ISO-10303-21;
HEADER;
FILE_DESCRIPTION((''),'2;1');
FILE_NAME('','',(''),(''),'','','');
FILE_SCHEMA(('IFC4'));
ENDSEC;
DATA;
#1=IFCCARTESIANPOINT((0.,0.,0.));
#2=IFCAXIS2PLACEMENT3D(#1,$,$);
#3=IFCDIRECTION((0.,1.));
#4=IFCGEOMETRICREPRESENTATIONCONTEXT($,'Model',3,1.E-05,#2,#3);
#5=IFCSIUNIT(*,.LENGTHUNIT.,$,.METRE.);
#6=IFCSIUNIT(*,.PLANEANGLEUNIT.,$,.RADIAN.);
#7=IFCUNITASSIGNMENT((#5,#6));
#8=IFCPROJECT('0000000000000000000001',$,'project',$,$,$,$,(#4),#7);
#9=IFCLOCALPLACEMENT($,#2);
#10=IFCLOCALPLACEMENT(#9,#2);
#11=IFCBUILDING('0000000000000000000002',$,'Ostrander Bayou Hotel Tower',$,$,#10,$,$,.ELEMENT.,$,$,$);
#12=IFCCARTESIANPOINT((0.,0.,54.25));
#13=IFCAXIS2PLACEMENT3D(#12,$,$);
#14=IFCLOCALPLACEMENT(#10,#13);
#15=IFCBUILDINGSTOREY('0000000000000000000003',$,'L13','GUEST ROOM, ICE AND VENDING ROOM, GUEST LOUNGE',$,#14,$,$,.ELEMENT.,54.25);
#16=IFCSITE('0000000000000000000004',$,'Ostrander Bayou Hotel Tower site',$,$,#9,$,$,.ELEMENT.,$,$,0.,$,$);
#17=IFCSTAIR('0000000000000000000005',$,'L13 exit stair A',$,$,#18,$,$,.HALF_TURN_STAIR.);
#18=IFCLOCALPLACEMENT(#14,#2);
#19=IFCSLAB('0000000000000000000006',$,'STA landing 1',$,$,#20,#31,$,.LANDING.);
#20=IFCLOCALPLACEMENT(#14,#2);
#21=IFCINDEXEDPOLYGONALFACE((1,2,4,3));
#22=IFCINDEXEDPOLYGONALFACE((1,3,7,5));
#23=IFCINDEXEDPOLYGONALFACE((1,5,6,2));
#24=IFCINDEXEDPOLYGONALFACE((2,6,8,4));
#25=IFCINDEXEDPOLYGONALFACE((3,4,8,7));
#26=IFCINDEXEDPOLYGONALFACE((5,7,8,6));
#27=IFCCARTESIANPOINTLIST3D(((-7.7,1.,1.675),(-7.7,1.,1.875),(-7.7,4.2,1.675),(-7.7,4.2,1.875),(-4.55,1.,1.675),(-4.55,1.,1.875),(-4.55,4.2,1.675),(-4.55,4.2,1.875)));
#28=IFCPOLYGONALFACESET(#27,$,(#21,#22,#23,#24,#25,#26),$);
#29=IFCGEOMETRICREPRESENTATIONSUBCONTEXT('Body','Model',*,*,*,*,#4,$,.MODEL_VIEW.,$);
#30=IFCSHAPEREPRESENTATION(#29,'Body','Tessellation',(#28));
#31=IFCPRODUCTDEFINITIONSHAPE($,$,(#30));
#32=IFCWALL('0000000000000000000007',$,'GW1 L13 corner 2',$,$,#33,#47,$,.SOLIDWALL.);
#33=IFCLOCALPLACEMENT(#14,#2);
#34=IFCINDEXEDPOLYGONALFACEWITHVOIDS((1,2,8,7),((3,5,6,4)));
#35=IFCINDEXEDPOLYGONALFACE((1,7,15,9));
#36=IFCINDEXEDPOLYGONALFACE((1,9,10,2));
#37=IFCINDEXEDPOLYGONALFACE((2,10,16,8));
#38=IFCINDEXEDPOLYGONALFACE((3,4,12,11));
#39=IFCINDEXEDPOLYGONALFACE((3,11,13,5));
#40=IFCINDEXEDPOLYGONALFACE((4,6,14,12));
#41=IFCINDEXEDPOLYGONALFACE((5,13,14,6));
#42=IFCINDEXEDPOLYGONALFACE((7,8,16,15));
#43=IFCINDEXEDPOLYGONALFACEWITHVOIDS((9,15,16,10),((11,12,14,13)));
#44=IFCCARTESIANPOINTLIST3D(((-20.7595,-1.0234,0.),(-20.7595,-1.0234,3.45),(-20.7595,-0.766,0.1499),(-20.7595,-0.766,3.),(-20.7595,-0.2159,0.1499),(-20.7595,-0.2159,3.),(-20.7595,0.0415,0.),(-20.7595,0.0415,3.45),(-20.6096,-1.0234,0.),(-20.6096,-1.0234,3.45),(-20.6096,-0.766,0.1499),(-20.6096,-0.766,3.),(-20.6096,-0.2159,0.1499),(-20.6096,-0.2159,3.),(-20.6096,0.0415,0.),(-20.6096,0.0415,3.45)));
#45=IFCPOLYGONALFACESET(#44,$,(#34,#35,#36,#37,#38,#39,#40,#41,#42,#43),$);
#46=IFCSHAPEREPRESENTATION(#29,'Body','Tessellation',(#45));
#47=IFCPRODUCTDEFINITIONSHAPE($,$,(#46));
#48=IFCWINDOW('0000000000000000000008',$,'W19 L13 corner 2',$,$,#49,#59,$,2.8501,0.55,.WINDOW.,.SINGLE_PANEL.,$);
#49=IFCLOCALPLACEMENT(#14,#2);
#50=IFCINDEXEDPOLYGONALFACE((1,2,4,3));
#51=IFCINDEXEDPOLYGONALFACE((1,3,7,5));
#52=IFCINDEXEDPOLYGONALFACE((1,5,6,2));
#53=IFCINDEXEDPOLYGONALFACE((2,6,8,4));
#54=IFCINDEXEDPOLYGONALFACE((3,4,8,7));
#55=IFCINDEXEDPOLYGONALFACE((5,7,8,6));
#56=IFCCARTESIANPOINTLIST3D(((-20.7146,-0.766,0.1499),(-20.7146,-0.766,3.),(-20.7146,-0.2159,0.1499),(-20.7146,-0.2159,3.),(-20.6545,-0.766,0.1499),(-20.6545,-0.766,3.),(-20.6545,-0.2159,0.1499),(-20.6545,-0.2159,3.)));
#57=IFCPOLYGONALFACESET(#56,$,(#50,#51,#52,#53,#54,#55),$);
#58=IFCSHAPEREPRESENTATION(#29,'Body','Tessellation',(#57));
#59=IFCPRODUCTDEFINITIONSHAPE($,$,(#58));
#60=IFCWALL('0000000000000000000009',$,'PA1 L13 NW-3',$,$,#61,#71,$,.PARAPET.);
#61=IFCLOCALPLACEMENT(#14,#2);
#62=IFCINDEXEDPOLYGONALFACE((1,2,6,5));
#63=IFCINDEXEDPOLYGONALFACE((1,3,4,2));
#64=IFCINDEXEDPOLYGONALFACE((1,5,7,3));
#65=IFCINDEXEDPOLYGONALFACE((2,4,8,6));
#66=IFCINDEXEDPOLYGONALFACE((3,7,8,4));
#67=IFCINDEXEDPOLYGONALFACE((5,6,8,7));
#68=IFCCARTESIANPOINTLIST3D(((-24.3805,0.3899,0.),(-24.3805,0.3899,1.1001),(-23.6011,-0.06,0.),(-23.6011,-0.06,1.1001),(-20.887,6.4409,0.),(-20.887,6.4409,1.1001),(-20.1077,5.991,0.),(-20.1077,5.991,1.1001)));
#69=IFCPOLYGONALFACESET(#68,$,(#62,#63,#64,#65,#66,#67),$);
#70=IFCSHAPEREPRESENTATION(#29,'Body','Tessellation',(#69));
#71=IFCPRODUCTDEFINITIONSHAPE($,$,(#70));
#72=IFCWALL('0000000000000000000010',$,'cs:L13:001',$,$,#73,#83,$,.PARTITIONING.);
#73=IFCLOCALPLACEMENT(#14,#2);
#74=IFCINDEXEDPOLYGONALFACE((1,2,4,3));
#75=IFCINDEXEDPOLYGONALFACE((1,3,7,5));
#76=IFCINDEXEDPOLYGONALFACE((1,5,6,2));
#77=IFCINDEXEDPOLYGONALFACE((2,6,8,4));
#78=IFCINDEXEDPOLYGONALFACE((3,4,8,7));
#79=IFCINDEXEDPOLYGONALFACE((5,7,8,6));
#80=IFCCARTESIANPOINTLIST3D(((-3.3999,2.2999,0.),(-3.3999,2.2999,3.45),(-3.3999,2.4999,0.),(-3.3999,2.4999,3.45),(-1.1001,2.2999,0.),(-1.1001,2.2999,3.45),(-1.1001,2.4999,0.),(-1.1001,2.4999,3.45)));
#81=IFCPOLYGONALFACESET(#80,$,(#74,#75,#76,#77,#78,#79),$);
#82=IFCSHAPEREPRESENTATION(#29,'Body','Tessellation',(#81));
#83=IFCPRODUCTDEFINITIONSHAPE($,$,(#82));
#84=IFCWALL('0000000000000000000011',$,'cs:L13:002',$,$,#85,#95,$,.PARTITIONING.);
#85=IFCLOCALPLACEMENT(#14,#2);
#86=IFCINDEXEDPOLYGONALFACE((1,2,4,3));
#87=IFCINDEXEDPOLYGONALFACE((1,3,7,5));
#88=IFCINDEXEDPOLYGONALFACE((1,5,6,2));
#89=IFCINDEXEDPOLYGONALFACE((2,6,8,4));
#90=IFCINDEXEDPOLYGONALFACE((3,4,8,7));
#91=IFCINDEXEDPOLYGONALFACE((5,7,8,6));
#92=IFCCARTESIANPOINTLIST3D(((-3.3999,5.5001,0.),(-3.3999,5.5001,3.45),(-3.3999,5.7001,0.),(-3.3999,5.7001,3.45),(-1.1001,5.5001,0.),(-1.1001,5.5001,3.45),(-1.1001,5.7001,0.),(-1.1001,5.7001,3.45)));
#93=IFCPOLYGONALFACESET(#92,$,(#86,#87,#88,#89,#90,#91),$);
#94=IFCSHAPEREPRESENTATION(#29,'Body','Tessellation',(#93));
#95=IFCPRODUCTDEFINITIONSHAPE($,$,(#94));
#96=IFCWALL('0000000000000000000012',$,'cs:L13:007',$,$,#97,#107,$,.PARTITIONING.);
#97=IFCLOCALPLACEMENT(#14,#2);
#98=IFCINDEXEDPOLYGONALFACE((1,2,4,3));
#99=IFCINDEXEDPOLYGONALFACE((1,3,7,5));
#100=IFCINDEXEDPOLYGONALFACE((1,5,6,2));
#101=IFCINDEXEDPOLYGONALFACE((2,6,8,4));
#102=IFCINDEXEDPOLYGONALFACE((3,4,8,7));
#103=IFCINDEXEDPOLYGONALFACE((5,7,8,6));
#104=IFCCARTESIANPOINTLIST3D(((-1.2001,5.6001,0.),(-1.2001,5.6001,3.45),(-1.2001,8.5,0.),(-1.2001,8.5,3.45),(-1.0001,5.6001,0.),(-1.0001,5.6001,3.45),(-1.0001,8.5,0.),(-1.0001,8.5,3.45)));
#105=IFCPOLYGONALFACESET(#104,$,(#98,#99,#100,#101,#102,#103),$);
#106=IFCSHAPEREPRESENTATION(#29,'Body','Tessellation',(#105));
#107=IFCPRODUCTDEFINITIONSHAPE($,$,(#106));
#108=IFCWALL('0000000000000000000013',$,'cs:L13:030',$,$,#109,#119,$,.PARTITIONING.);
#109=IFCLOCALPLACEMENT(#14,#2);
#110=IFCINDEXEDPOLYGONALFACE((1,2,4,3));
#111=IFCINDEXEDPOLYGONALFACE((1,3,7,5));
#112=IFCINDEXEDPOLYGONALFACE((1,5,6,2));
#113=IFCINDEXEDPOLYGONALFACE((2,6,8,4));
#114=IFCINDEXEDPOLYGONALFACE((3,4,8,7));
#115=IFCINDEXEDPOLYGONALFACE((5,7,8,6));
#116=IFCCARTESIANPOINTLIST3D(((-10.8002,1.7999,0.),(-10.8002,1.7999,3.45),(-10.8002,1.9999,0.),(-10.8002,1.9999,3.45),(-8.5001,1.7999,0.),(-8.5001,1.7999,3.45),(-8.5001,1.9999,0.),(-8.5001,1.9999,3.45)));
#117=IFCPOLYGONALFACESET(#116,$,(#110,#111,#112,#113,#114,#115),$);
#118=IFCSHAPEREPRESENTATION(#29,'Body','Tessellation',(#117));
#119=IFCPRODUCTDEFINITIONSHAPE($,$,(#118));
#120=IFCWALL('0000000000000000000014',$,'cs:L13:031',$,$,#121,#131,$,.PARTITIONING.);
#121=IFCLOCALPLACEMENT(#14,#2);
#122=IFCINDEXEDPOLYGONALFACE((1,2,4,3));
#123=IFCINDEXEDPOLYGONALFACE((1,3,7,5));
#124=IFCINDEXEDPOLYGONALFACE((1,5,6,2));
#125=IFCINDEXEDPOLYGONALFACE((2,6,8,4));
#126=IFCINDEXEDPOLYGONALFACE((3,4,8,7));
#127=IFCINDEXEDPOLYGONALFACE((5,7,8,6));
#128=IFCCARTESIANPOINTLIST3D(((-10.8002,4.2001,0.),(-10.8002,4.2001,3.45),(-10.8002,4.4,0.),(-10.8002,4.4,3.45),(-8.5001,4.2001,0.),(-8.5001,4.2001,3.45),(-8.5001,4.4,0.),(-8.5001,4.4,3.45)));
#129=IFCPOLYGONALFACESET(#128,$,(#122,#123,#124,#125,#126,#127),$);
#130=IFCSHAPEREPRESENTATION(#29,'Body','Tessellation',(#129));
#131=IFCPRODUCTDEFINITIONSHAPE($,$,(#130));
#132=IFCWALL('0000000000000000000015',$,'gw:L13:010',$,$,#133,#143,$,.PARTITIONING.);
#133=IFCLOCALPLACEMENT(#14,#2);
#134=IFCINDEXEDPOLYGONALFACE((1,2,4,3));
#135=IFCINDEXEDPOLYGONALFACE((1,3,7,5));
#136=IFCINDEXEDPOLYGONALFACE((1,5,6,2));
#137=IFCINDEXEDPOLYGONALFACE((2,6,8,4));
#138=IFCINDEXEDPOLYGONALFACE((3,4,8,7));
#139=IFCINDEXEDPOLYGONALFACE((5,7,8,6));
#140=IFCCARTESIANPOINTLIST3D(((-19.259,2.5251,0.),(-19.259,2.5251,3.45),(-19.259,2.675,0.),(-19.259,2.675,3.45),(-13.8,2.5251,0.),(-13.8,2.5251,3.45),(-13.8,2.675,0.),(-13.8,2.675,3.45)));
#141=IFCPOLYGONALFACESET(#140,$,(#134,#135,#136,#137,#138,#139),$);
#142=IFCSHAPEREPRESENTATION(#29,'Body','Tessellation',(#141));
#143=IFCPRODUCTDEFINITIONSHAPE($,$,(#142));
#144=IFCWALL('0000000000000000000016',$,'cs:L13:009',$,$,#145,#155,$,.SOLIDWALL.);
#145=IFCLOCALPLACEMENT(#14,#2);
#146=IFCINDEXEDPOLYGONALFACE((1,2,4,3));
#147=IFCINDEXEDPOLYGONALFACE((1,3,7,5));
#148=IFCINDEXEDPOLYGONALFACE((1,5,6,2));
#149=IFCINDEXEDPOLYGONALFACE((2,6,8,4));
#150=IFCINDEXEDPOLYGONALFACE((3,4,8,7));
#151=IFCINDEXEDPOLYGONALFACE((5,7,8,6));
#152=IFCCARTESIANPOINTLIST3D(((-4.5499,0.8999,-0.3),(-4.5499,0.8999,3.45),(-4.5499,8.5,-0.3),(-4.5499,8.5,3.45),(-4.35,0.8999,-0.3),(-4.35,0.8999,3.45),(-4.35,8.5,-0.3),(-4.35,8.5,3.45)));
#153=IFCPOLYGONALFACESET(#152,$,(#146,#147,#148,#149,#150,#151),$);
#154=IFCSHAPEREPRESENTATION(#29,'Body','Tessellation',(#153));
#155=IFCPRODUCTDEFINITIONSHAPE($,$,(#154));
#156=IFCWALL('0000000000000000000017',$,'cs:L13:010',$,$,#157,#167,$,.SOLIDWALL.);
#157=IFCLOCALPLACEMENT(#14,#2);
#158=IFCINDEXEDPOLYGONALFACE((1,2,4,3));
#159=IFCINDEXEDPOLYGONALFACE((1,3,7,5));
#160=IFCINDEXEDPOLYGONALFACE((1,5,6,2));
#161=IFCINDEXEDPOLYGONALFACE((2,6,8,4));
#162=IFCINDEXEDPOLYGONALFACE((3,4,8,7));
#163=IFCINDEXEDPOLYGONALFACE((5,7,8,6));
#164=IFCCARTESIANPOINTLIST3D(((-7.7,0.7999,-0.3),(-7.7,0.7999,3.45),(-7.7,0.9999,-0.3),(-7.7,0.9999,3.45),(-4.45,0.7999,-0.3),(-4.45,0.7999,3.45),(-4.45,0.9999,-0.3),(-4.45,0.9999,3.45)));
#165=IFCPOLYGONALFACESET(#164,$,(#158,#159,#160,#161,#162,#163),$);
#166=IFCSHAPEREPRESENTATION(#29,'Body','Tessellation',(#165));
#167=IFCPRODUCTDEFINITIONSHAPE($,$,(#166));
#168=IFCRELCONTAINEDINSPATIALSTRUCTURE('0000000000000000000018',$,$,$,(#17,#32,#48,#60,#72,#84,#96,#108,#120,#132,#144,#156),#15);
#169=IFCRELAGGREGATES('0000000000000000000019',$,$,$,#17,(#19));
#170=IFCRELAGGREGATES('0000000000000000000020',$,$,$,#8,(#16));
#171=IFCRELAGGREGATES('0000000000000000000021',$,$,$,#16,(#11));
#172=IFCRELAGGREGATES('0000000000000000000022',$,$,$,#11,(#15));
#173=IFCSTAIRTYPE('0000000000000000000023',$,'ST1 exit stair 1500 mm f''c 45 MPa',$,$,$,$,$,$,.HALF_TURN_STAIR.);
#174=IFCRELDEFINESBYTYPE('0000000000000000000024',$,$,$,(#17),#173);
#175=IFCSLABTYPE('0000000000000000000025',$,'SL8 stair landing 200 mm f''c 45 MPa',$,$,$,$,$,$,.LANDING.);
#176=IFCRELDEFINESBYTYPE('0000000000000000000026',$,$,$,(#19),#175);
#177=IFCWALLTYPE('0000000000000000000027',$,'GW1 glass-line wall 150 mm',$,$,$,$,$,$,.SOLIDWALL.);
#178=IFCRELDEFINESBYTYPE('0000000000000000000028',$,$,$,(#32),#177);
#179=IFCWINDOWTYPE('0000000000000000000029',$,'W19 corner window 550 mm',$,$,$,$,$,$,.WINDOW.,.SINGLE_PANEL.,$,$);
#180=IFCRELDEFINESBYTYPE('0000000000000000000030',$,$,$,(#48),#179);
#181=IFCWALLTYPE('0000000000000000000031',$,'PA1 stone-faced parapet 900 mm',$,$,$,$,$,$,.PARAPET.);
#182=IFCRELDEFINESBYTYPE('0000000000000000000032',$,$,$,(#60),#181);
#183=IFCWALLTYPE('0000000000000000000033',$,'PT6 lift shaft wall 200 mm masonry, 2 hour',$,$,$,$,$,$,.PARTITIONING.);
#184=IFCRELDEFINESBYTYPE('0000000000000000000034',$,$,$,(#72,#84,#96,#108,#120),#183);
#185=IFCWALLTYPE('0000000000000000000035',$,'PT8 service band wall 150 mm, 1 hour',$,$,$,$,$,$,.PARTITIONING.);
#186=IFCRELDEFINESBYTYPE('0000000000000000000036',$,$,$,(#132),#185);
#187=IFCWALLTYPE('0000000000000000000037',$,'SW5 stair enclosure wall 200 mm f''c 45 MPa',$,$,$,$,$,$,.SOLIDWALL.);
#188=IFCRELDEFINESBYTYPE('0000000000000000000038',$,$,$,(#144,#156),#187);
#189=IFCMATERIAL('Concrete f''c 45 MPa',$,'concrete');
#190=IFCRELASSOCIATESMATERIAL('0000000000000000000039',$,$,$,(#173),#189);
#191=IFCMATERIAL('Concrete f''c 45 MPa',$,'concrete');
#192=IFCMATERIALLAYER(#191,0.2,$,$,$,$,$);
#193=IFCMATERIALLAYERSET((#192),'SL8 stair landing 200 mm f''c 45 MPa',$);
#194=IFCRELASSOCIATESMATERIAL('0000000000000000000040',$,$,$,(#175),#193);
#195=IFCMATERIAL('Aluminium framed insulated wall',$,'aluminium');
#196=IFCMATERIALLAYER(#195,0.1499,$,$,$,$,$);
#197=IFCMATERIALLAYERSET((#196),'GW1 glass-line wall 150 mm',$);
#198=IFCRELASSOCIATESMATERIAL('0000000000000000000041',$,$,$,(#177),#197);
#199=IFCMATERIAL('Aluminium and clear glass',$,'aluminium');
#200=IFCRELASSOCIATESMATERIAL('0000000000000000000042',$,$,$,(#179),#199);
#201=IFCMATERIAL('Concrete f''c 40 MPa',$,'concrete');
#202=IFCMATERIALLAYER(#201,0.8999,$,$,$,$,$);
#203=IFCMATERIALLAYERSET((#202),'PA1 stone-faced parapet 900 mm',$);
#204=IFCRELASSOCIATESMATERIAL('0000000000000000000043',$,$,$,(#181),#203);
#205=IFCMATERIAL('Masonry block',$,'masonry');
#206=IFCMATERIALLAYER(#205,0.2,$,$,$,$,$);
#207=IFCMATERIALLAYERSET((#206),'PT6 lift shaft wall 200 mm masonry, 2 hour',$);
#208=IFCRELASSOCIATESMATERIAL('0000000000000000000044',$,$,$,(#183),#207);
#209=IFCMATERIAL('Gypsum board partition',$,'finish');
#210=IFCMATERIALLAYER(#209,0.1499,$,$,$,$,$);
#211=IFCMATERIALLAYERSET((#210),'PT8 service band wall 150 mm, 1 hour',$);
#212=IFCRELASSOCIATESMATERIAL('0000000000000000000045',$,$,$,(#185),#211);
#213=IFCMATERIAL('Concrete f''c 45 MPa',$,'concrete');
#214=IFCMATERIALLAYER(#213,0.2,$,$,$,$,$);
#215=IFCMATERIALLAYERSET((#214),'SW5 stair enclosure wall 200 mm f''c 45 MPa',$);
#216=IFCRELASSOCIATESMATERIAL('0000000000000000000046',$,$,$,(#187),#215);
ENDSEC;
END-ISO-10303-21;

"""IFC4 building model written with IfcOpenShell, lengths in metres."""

from ifc_helpers import new_model, si_unit, direction, frame, frame_2d, origin, place, context, subcontext, project, spatial, polyline, rectangle, outline, extrude, material, layer, layer_set, type_object, element, fill, aggregate, save


model = new_model("IFC4")

# Units and contexts
model_context = context("Model", 3, precision=1e-05, world=origin(), true_north=direction((0.0, 1.0)))
body_context = subcontext(model_context, "Body", "Model", "MODEL_VIEW")
ifc_project = project(units=[si_unit("LENGTHUNIT", "METRE"), si_unit("PLANEANGLEUNIT", "RADIAN")], contexts=[model_context])

# Site, building, storey
site_placement = place(None, origin())
site = spatial("IfcSite", under=ifc_project, at=site_placement, Name="Ostrander Bayou Hotel Tower site", CompositionType="ELEMENT", RefElevation=0.0)
building_placement = place(site_placement, origin())
building = spatial("IfcBuilding", under=site, at=building_placement, Name="Ostrander Bayou Hotel Tower", CompositionType="ELEMENT")
storey_placement = place(building_placement, frame((0.0, 0.0, 54.25)))
storey = spatial("IfcBuildingStorey", under=building, at=storey_placement, Name="L13", Description="GUEST ROOM, ICE AND VENDING ROOM, GUEST LOUNGE", CompositionType="ELEMENT", Elevation=54.25)

# Stair, slab
ifc_material_1 = material(Name="Concrete f'c 45 MPa", Category="concrete")
stair_type = type_object("IfcStairType", Name="ST1 exit stair 1500 mm f'c 45 MPa", PredefinedType="HALF_TURN_STAIR", material=ifc_material_1)
stair_placement = place(storey_placement, origin())
stair = element("IfcStair", 1, at=stair_placement, inside=storey, type_object=stair_type, Name="L13 exit stair A", PredefinedType="HALF_TURN_STAIR")
ifc_material_2 = material(Name="Concrete f'c 45 MPa", Category="concrete")
ifc_layer_1 = layer(ifc_material_2, 0.2)
ifc_layer_set_1 = layer_set([ifc_layer_1], Name="SL8 stair landing 200 mm f'c 45 MPa")
slab_type_1 = type_object("IfcSlabType", Name="SL8 stair landing 200 mm f'c 45 MPa", PredefinedType="LANDING", material=ifc_layer_set_1)
slab_1_placement = place(storey_placement, frame((0.0, 0.0, 1.675)))
slab_1 = element("IfcSlab", 2, at=slab_1_placement, type_object=slab_type_1, Name="STA landing 1", PredefinedType="LANDING", context=body_context, shape_type="SweptSolid", body=[
    extrude(outline(polyline([(-7.7, 4.2), (-7.7, 1.0), (-4.55, 1.0), (-4.55, 4.2), (-7.7, 4.2)])), origin(), (0.0, 0.0, 1.0), 0.2),
])

# Wall, opening, window
ifc_material_3 = material(Name="Aluminium framed insulated wall", Category="aluminium")
ifc_layer_2 = layer(ifc_material_3, 0.1499)
ifc_layer_set_2 = layer_set([ifc_layer_2], Name="GW1 glass-line wall 150 mm")
wall_type_1 = type_object("IfcWallType", Name="GW1 glass-line wall 150 mm", PredefinedType="SOLIDWALL", material=ifc_layer_set_2)
wall_1_placement = place(storey_placement, frame((-20.6846, 0.0415, 0.0), z_axis=(0.0, 0.0, 1.0), x_axis=(0.0, -1.0, 0.0)))
wall_1 = element("IfcWall", 3, at=wall_1_placement, inside=storey, type_object=wall_type_1, Name="GW1 L13 corner 2", PredefinedType="SOLIDWALL", context=body_context, shape_type="SweptSolid", body=[
    extrude(rectangle(XDim=1.0649, YDim=0.1499, at=frame_2d((0.5325, 0.0))), origin(), (0.0, 0.0, 1.0), 3.45),
])
opening_placement = place(wall_1_placement, frame((0.2576, 0.0, 0.1499)))
opening = element("IfcOpeningElement", 4, at=opening_placement, cuts=wall_1, PredefinedType="OPENING", context=body_context, shape_type="SweptSolid", body=[
    extrude(rectangle(XDim=0.55, YDim=2.8501, at=frame_2d((0.2749, 1.425))), frame((0.0, 0.075, 0.0), z_axis=(0.0, -1.0, 0.0), x_axis=(1.0, 0.0, 0.0)), (0.0, 0.0, 1.0), 0.1499),
])
ifc_material_4 = material(Name="Aluminium and clear glass", Category="aluminium")
window_type = type_object("IfcWindowType", Name="W19 corner window 550 mm", PartitioningType="SINGLE_PANEL", PredefinedType="WINDOW", material=ifc_material_4)
window_placement = place(opening_placement, origin())
window = element("IfcWindow", 5, at=window_placement, inside=storey, type_object=window_type, Name="W19 L13 corner 2", OverallHeight=2.8501, OverallWidth=0.55, PartitioningType="SINGLE_PANEL", PredefinedType="WINDOW", context=body_context, shape_type="SweptSolid", body=[
    extrude(rectangle(XDim=0.55, YDim=2.8501, at=frame_2d((0.2749, 1.425))), frame((0.0, 0.03, 0.0), z_axis=(0.0, -1.0, 0.0), x_axis=(1.0, 0.0, 0.0)), (0.0, 0.0, 1.0), 0.0601),
])
fill(opening, window)

# Walls
ifc_material_5 = material(Name="Concrete f'c 40 MPa", Category="concrete")
ifc_layer_3 = layer(ifc_material_5, 0.8999)
ifc_layer_set_3 = layer_set([ifc_layer_3], Name="PA1 stone-faced parapet 900 mm")
wall_type_2 = type_object("IfcWallType", Name="PA1 stone-faced parapet 900 mm", PredefinedType="PARAPET", material=ifc_layer_set_3)
wall_2_placement = place(storey_placement, frame((-20.4973, 6.2161, 0.0), z_axis=(0.0, 0.0, 1.0), x_axis=(-0.499984, -0.866035, 0.0)))
element("IfcWall", 6, at=wall_2_placement, inside=storey, type_object=wall_type_2, Name="PA1 L13 NW-3", PredefinedType="PARAPET", context=body_context, shape_type="SweptSolid", body=[
    extrude(rectangle(XDim=6.9871, YDim=0.8999, at=frame_2d((3.4937, 0.0))), origin(), (0.0, 0.0, 1.0), 1.1001),
])
ifc_material_6 = material(Name="Masonry block", Category="masonry")
ifc_layer_4 = layer(ifc_material_6, 0.2)
ifc_layer_set_4 = layer_set([ifc_layer_4], Name="PT6 lift shaft wall 200 mm masonry, 2 hour")
wall_type_3 = type_object("IfcWallType", Name="PT6 lift shaft wall 200 mm masonry, 2 hour", PredefinedType="PARTITIONING", material=ifc_layer_set_4)
for number, where, z_axis, x_axis, name in (
    (7, (-3.3999, 2.3999, 0.0), (0.0, 0.0, 1.0), (1.0, 0.0, 0.0), "cs:L13:001"),
    (8, (-3.3999, 5.6001, 0.0), (0.0, 0.0, 1.0), (1.0, 0.0, 0.0), "cs:L13:002"),
):
    element("IfcWall", number, at=place(storey_placement, frame(where, z_axis=z_axis, x_axis=x_axis)), inside=storey, type_object=wall_type_3, Name=name, PredefinedType="PARTITIONING", context=body_context, shape_type="SweptSolid", body=[
        extrude(rectangle(XDim=2.2998, YDim=0.2, at=frame_2d((1.1499, 0.0))), origin(), (0.0, 0.0, 1.0), 3.45),
    ])
wall_3_placement = place(storey_placement, frame((-1.1001, 5.6001, 0.0), z_axis=(0.0, 0.0, 1.0), x_axis=(0.0, 1.0, 0.0)))
element("IfcWall", 9, at=wall_3_placement, inside=storey, type_object=wall_type_3, Name="cs:L13:007", PredefinedType="PARTITIONING", context=body_context, shape_type="SweptSolid", body=[
    extrude(rectangle(XDim=2.8999, YDim=0.2, at=frame_2d((1.45, 0.0))), origin(), (0.0, 0.0, 1.0), 3.45),
])
for number, where, z_axis, x_axis, name in (
    (10, (-10.8, 1.8999, 0.0), (0.0, 0.0, 1.0), (1.0, 0.0, 0.0), "cs:L13:030"),
    (11, (-10.8, 4.3, 0.0), (0.0, 0.0, 1.0), (1.0, 0.0, 0.0), "cs:L13:031"),
):
    element("IfcWall", number, at=place(storey_placement, frame(where, z_axis=z_axis, x_axis=x_axis)), inside=storey, type_object=wall_type_3, Name=name, PredefinedType="PARTITIONING", context=body_context, shape_type="SweptSolid", body=[
        extrude(rectangle(XDim=2.3, YDim=0.2, at=frame_2d((1.1499, 0.0))), origin(), (0.0, 0.0, 1.0), 3.45),
    ])
ifc_material_7 = material(Name="Gypsum board partition", Category="finish")
ifc_layer_5 = layer(ifc_material_7, 0.1499)
ifc_layer_set_5 = layer_set([ifc_layer_5], Name="PT8 service band wall 150 mm, 1 hour")
wall_type_4 = type_object("IfcWallType", Name="PT8 service band wall 150 mm, 1 hour", PredefinedType="PARTITIONING", material=ifc_layer_set_5)
wall_4_placement = place(storey_placement, frame((-19.259, 2.6001, 0.0), z_axis=(0.0, 0.0, 1.0), x_axis=(1.0, 0.0, 0.0)))
element("IfcWall", 12, at=wall_4_placement, inside=storey, type_object=wall_type_4, Name="gw:L13:010", PredefinedType="PARTITIONING", context=body_context, shape_type="SweptSolid", body=[
    extrude(rectangle(XDim=5.459, YDim=0.1499, at=frame_2d((2.7295, 0.0))), origin(), (0.0, 0.0, 1.0), 3.45),
])
ifc_material_8 = material(Name="Concrete f'c 45 MPa", Category="concrete")
ifc_layer_6 = layer(ifc_material_8, 0.2)
ifc_layer_set_6 = layer_set([ifc_layer_6], Name="SW5 stair enclosure wall 200 mm f'c 45 MPa")
wall_type_5 = type_object("IfcWallType", Name="SW5 stair enclosure wall 200 mm f'c 45 MPa", PredefinedType="SOLIDWALL", material=ifc_layer_set_6)
wall_5_placement = place(storey_placement, frame((-4.45, 0.8999, -0.3), z_axis=(0.0, 0.0, 1.0), x_axis=(0.0, 1.0, 0.0)))
element("IfcWall", 13, at=wall_5_placement, inside=storey, type_object=wall_type_5, Name="cs:L13:009", PredefinedType="SOLIDWALL", context=body_context, shape_type="SweptSolid", body=[
    extrude(rectangle(XDim=7.6001, YDim=0.2, at=frame_2d((3.8, 0.0))), origin(), (0.0, 0.0, 1.0), 3.75),
])
wall_6_placement = place(storey_placement, frame((-7.7, 0.8999, -0.3), z_axis=(0.0, 0.0, 1.0), x_axis=(1.0, 0.0, 0.0)))
element("IfcWall", 14, at=wall_6_placement, inside=storey, type_object=wall_type_5, Name="cs:L13:010", PredefinedType="SOLIDWALL", context=body_context, shape_type="SweptSolid", body=[
    extrude(rectangle(XDim=3.25, YDim=0.2, at=frame_2d((1.625, 0.0))), origin(), (0.0, 0.0, 1.0), 3.75),
])

aggregate(stair, [slab_1])

save(model, "model.ifc")
